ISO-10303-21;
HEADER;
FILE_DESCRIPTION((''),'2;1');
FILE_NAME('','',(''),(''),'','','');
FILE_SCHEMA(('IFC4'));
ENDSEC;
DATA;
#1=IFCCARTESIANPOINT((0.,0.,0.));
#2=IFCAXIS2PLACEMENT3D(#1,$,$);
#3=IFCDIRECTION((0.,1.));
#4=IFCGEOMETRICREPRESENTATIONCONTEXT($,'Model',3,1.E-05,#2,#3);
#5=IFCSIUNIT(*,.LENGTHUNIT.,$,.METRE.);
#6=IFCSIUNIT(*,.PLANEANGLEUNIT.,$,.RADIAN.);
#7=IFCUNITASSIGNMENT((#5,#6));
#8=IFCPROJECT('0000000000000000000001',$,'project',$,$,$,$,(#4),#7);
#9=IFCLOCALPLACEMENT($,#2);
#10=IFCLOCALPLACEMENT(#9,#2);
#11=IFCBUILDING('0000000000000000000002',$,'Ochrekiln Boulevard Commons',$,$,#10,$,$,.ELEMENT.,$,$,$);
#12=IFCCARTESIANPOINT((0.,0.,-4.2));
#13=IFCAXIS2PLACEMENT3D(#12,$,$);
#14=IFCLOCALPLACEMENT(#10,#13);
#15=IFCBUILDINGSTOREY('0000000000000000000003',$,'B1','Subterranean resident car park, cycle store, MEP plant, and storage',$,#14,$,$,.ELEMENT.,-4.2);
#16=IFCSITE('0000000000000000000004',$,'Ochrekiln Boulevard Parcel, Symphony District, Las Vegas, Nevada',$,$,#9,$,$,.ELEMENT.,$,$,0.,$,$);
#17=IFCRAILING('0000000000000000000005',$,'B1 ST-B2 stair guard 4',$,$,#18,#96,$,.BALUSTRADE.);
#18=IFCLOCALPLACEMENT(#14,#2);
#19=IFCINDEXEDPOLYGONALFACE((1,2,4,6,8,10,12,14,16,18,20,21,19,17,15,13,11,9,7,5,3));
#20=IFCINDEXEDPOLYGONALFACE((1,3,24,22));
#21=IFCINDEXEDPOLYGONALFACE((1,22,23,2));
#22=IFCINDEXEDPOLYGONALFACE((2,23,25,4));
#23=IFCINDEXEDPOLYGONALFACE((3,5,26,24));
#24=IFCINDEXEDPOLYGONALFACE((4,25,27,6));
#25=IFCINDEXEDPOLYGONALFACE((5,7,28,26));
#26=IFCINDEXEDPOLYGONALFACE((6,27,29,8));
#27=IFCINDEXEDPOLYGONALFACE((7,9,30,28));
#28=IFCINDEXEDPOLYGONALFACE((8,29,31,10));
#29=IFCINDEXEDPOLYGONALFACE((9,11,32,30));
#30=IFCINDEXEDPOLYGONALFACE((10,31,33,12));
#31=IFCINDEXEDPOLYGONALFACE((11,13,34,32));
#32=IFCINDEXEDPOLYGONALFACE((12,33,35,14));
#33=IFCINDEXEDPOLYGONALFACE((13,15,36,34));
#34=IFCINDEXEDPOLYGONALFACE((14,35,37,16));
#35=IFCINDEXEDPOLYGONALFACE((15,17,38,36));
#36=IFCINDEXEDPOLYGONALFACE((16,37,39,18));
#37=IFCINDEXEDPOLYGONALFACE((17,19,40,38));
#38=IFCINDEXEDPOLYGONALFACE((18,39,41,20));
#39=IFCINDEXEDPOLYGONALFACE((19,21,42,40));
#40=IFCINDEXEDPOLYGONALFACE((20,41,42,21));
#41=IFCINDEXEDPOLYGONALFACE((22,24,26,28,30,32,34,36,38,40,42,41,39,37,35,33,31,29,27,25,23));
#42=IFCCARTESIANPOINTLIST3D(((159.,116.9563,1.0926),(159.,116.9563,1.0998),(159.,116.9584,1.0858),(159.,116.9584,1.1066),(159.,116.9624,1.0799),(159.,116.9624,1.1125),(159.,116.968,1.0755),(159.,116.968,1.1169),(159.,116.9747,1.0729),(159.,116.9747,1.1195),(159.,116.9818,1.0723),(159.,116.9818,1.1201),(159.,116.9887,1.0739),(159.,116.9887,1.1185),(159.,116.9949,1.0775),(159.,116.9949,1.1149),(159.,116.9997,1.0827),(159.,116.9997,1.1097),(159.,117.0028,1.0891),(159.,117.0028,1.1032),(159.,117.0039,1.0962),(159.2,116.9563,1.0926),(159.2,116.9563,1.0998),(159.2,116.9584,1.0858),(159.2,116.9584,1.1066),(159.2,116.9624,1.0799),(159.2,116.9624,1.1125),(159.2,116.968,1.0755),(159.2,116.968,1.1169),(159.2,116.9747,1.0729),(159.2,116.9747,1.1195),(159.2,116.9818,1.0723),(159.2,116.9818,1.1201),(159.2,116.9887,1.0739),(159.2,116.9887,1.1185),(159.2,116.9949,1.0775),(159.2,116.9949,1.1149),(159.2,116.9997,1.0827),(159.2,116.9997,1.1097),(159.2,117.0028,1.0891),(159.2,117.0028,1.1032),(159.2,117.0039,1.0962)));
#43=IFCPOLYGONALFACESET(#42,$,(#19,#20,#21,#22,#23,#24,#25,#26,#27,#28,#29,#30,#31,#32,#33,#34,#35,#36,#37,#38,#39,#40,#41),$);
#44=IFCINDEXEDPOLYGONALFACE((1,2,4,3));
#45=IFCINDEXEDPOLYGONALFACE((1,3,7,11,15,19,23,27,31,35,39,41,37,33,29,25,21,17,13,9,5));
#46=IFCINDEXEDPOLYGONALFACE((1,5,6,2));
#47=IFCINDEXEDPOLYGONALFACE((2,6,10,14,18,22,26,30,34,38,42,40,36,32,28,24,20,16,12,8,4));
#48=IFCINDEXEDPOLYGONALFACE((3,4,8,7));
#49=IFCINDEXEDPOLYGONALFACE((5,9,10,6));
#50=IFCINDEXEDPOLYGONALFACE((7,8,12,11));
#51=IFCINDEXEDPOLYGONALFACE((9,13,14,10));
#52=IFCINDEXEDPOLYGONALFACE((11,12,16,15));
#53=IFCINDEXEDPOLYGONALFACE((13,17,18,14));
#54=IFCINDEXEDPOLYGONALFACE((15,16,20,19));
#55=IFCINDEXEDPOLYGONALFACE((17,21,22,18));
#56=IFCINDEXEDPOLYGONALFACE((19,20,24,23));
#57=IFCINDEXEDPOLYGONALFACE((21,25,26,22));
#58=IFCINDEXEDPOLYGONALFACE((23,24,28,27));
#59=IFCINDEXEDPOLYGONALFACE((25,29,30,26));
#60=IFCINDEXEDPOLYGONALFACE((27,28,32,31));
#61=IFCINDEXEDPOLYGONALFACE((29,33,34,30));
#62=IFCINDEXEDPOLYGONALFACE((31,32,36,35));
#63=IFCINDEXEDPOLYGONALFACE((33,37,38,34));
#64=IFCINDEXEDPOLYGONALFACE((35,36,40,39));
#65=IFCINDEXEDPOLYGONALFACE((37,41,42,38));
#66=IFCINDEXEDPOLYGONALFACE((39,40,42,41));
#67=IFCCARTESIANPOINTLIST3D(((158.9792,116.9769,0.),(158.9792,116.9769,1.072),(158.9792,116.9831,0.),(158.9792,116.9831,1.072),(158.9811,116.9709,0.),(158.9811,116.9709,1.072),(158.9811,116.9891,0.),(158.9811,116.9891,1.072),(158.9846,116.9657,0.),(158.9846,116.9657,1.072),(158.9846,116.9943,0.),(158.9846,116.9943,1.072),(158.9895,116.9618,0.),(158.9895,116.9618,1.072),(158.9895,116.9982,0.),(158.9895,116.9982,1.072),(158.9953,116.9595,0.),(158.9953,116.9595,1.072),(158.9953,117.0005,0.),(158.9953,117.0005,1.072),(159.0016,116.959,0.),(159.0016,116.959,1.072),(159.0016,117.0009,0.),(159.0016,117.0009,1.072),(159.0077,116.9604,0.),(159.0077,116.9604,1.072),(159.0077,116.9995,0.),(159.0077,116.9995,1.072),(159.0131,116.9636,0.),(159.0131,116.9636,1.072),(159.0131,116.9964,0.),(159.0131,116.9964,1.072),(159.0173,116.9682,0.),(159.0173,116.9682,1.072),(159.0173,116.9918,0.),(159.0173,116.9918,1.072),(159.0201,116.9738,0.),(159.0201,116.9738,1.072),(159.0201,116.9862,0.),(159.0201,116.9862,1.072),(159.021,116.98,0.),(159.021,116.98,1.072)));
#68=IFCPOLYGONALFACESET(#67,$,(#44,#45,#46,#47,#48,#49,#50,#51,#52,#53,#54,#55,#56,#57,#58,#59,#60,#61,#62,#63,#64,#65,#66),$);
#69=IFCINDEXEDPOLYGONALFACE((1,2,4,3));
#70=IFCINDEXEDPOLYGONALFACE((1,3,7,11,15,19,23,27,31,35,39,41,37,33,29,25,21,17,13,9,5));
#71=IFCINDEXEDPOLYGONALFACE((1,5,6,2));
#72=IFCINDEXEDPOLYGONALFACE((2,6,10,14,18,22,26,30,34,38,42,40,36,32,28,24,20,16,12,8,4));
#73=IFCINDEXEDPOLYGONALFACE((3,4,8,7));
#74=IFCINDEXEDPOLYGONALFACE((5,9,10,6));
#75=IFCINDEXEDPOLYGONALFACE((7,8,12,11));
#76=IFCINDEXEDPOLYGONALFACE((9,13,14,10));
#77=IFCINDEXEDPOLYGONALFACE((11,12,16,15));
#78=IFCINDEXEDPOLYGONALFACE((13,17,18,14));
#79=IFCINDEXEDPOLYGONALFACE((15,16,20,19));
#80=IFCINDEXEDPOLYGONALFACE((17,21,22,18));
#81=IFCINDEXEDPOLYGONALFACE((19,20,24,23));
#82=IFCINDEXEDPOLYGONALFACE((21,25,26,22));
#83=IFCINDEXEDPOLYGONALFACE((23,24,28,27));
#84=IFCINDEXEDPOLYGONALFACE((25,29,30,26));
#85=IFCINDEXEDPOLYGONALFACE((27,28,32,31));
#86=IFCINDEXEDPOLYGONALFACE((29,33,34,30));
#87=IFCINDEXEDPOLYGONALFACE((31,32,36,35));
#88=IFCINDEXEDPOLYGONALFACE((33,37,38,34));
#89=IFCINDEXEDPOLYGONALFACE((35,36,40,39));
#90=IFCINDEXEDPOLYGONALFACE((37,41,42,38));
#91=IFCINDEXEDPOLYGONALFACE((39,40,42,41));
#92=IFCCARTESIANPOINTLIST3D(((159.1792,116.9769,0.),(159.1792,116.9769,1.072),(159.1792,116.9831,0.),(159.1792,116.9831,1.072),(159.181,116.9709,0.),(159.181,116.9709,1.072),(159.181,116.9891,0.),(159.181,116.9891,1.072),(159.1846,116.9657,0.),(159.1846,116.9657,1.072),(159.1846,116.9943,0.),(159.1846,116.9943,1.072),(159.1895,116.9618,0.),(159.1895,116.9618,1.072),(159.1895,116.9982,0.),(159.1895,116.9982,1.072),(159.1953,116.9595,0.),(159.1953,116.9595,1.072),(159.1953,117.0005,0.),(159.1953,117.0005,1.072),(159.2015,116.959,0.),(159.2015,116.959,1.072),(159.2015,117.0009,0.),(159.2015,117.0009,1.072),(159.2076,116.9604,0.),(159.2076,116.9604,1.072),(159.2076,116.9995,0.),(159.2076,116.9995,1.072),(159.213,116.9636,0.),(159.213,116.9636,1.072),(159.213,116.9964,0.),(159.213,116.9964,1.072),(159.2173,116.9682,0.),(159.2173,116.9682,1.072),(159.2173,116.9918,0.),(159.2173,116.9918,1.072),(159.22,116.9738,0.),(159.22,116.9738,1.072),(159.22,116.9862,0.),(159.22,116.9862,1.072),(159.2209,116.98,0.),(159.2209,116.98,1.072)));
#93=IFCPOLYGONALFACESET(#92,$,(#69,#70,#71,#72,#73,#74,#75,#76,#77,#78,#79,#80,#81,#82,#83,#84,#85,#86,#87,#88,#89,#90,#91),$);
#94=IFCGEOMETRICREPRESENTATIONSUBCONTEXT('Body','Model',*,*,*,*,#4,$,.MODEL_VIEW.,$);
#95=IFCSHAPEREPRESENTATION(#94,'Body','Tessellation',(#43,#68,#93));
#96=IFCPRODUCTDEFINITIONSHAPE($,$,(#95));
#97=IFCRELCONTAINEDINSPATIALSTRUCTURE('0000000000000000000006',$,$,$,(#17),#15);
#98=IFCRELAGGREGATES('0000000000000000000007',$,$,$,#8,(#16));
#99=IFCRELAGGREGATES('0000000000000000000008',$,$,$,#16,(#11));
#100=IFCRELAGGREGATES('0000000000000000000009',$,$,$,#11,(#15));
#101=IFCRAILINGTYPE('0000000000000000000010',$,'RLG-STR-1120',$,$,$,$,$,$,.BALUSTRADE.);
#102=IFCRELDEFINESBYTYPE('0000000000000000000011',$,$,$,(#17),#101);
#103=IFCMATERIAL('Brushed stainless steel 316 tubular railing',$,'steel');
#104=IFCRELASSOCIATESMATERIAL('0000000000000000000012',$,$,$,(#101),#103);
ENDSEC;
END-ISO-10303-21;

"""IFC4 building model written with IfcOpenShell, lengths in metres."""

from ifc_helpers import new_model, si_unit, direction, frame, origin, origin_2d, place, context, subcontext, project, spatial, circle, extrude, material, type_object, element, save


model = new_model("IFC4")

# Units and contexts
model_context = context("Model", 3, precision=1e-05, world=origin(), true_north=direction((0.0, 1.0)))
body_context = subcontext(model_context, "Body", "Model", "MODEL_VIEW")
ifc_project = project(units=[si_unit("LENGTHUNIT", "METRE"), si_unit("PLANEANGLEUNIT", "RADIAN")], contexts=[model_context])

# Site, building, storey
site_placement = place(None, origin())
site = spatial("IfcSite", under=ifc_project, at=site_placement, Name="Ochrekiln Boulevard Parcel, Symphony District, Las Vegas, Nevada", CompositionType="ELEMENT", RefElevation=0.0)
building_placement = place(site_placement, origin())
building = spatial("IfcBuilding", under=site, at=building_placement, Name="Ochrekiln Boulevard Commons", CompositionType="ELEMENT")
storey_placement = place(building_placement, frame((0.0, 0.0, -4.2)))
storey = spatial("IfcBuildingStorey", under=building, at=storey_placement, Name="B1", Description="Subterranean resident car park, cycle store, MEP plant, and storage", CompositionType="ELEMENT", Elevation=-4.2)

# Railing
ifc_material_1 = material(Name="Brushed stainless steel 316 tubular railing", Category="steel")
railing_type_1 = type_object("IfcRailingType", Name="RLG-STR-1120", PredefinedType="BALUSTRADE", material=ifc_material_1)
railing_1_placement = place(storey_placement, frame((159.0, 116.98, 0.0)))
element("IfcRailing", 1, at=railing_1_placement, inside=storey, type_object=railing_type_1, Name="B1 ST-B2 stair guard 4", PredefinedType="BALUSTRADE", context=body_context, shape_type="SweptSolid", body=[
    extrude(circle(Radius=0.0239, at=origin_2d()), frame((0.0, 0.0, 1.0962), z_axis=(1.0, 0.0, 0.0), x_axis=(0.0, 1.0, 0.0)), (0.0, 0.0, 1.0), 0.2),
    extrude(circle(Radius=0.021, at=origin_2d()), origin(), (0.0, 0.0, 1.0), 1.072),
    extrude(circle(Radius=0.021, at=origin_2d()), frame((0.2, 0.0, 0.0)), (0.0, 0.0, 1.0), 1.072),
])

save(model, "model.ifc")
